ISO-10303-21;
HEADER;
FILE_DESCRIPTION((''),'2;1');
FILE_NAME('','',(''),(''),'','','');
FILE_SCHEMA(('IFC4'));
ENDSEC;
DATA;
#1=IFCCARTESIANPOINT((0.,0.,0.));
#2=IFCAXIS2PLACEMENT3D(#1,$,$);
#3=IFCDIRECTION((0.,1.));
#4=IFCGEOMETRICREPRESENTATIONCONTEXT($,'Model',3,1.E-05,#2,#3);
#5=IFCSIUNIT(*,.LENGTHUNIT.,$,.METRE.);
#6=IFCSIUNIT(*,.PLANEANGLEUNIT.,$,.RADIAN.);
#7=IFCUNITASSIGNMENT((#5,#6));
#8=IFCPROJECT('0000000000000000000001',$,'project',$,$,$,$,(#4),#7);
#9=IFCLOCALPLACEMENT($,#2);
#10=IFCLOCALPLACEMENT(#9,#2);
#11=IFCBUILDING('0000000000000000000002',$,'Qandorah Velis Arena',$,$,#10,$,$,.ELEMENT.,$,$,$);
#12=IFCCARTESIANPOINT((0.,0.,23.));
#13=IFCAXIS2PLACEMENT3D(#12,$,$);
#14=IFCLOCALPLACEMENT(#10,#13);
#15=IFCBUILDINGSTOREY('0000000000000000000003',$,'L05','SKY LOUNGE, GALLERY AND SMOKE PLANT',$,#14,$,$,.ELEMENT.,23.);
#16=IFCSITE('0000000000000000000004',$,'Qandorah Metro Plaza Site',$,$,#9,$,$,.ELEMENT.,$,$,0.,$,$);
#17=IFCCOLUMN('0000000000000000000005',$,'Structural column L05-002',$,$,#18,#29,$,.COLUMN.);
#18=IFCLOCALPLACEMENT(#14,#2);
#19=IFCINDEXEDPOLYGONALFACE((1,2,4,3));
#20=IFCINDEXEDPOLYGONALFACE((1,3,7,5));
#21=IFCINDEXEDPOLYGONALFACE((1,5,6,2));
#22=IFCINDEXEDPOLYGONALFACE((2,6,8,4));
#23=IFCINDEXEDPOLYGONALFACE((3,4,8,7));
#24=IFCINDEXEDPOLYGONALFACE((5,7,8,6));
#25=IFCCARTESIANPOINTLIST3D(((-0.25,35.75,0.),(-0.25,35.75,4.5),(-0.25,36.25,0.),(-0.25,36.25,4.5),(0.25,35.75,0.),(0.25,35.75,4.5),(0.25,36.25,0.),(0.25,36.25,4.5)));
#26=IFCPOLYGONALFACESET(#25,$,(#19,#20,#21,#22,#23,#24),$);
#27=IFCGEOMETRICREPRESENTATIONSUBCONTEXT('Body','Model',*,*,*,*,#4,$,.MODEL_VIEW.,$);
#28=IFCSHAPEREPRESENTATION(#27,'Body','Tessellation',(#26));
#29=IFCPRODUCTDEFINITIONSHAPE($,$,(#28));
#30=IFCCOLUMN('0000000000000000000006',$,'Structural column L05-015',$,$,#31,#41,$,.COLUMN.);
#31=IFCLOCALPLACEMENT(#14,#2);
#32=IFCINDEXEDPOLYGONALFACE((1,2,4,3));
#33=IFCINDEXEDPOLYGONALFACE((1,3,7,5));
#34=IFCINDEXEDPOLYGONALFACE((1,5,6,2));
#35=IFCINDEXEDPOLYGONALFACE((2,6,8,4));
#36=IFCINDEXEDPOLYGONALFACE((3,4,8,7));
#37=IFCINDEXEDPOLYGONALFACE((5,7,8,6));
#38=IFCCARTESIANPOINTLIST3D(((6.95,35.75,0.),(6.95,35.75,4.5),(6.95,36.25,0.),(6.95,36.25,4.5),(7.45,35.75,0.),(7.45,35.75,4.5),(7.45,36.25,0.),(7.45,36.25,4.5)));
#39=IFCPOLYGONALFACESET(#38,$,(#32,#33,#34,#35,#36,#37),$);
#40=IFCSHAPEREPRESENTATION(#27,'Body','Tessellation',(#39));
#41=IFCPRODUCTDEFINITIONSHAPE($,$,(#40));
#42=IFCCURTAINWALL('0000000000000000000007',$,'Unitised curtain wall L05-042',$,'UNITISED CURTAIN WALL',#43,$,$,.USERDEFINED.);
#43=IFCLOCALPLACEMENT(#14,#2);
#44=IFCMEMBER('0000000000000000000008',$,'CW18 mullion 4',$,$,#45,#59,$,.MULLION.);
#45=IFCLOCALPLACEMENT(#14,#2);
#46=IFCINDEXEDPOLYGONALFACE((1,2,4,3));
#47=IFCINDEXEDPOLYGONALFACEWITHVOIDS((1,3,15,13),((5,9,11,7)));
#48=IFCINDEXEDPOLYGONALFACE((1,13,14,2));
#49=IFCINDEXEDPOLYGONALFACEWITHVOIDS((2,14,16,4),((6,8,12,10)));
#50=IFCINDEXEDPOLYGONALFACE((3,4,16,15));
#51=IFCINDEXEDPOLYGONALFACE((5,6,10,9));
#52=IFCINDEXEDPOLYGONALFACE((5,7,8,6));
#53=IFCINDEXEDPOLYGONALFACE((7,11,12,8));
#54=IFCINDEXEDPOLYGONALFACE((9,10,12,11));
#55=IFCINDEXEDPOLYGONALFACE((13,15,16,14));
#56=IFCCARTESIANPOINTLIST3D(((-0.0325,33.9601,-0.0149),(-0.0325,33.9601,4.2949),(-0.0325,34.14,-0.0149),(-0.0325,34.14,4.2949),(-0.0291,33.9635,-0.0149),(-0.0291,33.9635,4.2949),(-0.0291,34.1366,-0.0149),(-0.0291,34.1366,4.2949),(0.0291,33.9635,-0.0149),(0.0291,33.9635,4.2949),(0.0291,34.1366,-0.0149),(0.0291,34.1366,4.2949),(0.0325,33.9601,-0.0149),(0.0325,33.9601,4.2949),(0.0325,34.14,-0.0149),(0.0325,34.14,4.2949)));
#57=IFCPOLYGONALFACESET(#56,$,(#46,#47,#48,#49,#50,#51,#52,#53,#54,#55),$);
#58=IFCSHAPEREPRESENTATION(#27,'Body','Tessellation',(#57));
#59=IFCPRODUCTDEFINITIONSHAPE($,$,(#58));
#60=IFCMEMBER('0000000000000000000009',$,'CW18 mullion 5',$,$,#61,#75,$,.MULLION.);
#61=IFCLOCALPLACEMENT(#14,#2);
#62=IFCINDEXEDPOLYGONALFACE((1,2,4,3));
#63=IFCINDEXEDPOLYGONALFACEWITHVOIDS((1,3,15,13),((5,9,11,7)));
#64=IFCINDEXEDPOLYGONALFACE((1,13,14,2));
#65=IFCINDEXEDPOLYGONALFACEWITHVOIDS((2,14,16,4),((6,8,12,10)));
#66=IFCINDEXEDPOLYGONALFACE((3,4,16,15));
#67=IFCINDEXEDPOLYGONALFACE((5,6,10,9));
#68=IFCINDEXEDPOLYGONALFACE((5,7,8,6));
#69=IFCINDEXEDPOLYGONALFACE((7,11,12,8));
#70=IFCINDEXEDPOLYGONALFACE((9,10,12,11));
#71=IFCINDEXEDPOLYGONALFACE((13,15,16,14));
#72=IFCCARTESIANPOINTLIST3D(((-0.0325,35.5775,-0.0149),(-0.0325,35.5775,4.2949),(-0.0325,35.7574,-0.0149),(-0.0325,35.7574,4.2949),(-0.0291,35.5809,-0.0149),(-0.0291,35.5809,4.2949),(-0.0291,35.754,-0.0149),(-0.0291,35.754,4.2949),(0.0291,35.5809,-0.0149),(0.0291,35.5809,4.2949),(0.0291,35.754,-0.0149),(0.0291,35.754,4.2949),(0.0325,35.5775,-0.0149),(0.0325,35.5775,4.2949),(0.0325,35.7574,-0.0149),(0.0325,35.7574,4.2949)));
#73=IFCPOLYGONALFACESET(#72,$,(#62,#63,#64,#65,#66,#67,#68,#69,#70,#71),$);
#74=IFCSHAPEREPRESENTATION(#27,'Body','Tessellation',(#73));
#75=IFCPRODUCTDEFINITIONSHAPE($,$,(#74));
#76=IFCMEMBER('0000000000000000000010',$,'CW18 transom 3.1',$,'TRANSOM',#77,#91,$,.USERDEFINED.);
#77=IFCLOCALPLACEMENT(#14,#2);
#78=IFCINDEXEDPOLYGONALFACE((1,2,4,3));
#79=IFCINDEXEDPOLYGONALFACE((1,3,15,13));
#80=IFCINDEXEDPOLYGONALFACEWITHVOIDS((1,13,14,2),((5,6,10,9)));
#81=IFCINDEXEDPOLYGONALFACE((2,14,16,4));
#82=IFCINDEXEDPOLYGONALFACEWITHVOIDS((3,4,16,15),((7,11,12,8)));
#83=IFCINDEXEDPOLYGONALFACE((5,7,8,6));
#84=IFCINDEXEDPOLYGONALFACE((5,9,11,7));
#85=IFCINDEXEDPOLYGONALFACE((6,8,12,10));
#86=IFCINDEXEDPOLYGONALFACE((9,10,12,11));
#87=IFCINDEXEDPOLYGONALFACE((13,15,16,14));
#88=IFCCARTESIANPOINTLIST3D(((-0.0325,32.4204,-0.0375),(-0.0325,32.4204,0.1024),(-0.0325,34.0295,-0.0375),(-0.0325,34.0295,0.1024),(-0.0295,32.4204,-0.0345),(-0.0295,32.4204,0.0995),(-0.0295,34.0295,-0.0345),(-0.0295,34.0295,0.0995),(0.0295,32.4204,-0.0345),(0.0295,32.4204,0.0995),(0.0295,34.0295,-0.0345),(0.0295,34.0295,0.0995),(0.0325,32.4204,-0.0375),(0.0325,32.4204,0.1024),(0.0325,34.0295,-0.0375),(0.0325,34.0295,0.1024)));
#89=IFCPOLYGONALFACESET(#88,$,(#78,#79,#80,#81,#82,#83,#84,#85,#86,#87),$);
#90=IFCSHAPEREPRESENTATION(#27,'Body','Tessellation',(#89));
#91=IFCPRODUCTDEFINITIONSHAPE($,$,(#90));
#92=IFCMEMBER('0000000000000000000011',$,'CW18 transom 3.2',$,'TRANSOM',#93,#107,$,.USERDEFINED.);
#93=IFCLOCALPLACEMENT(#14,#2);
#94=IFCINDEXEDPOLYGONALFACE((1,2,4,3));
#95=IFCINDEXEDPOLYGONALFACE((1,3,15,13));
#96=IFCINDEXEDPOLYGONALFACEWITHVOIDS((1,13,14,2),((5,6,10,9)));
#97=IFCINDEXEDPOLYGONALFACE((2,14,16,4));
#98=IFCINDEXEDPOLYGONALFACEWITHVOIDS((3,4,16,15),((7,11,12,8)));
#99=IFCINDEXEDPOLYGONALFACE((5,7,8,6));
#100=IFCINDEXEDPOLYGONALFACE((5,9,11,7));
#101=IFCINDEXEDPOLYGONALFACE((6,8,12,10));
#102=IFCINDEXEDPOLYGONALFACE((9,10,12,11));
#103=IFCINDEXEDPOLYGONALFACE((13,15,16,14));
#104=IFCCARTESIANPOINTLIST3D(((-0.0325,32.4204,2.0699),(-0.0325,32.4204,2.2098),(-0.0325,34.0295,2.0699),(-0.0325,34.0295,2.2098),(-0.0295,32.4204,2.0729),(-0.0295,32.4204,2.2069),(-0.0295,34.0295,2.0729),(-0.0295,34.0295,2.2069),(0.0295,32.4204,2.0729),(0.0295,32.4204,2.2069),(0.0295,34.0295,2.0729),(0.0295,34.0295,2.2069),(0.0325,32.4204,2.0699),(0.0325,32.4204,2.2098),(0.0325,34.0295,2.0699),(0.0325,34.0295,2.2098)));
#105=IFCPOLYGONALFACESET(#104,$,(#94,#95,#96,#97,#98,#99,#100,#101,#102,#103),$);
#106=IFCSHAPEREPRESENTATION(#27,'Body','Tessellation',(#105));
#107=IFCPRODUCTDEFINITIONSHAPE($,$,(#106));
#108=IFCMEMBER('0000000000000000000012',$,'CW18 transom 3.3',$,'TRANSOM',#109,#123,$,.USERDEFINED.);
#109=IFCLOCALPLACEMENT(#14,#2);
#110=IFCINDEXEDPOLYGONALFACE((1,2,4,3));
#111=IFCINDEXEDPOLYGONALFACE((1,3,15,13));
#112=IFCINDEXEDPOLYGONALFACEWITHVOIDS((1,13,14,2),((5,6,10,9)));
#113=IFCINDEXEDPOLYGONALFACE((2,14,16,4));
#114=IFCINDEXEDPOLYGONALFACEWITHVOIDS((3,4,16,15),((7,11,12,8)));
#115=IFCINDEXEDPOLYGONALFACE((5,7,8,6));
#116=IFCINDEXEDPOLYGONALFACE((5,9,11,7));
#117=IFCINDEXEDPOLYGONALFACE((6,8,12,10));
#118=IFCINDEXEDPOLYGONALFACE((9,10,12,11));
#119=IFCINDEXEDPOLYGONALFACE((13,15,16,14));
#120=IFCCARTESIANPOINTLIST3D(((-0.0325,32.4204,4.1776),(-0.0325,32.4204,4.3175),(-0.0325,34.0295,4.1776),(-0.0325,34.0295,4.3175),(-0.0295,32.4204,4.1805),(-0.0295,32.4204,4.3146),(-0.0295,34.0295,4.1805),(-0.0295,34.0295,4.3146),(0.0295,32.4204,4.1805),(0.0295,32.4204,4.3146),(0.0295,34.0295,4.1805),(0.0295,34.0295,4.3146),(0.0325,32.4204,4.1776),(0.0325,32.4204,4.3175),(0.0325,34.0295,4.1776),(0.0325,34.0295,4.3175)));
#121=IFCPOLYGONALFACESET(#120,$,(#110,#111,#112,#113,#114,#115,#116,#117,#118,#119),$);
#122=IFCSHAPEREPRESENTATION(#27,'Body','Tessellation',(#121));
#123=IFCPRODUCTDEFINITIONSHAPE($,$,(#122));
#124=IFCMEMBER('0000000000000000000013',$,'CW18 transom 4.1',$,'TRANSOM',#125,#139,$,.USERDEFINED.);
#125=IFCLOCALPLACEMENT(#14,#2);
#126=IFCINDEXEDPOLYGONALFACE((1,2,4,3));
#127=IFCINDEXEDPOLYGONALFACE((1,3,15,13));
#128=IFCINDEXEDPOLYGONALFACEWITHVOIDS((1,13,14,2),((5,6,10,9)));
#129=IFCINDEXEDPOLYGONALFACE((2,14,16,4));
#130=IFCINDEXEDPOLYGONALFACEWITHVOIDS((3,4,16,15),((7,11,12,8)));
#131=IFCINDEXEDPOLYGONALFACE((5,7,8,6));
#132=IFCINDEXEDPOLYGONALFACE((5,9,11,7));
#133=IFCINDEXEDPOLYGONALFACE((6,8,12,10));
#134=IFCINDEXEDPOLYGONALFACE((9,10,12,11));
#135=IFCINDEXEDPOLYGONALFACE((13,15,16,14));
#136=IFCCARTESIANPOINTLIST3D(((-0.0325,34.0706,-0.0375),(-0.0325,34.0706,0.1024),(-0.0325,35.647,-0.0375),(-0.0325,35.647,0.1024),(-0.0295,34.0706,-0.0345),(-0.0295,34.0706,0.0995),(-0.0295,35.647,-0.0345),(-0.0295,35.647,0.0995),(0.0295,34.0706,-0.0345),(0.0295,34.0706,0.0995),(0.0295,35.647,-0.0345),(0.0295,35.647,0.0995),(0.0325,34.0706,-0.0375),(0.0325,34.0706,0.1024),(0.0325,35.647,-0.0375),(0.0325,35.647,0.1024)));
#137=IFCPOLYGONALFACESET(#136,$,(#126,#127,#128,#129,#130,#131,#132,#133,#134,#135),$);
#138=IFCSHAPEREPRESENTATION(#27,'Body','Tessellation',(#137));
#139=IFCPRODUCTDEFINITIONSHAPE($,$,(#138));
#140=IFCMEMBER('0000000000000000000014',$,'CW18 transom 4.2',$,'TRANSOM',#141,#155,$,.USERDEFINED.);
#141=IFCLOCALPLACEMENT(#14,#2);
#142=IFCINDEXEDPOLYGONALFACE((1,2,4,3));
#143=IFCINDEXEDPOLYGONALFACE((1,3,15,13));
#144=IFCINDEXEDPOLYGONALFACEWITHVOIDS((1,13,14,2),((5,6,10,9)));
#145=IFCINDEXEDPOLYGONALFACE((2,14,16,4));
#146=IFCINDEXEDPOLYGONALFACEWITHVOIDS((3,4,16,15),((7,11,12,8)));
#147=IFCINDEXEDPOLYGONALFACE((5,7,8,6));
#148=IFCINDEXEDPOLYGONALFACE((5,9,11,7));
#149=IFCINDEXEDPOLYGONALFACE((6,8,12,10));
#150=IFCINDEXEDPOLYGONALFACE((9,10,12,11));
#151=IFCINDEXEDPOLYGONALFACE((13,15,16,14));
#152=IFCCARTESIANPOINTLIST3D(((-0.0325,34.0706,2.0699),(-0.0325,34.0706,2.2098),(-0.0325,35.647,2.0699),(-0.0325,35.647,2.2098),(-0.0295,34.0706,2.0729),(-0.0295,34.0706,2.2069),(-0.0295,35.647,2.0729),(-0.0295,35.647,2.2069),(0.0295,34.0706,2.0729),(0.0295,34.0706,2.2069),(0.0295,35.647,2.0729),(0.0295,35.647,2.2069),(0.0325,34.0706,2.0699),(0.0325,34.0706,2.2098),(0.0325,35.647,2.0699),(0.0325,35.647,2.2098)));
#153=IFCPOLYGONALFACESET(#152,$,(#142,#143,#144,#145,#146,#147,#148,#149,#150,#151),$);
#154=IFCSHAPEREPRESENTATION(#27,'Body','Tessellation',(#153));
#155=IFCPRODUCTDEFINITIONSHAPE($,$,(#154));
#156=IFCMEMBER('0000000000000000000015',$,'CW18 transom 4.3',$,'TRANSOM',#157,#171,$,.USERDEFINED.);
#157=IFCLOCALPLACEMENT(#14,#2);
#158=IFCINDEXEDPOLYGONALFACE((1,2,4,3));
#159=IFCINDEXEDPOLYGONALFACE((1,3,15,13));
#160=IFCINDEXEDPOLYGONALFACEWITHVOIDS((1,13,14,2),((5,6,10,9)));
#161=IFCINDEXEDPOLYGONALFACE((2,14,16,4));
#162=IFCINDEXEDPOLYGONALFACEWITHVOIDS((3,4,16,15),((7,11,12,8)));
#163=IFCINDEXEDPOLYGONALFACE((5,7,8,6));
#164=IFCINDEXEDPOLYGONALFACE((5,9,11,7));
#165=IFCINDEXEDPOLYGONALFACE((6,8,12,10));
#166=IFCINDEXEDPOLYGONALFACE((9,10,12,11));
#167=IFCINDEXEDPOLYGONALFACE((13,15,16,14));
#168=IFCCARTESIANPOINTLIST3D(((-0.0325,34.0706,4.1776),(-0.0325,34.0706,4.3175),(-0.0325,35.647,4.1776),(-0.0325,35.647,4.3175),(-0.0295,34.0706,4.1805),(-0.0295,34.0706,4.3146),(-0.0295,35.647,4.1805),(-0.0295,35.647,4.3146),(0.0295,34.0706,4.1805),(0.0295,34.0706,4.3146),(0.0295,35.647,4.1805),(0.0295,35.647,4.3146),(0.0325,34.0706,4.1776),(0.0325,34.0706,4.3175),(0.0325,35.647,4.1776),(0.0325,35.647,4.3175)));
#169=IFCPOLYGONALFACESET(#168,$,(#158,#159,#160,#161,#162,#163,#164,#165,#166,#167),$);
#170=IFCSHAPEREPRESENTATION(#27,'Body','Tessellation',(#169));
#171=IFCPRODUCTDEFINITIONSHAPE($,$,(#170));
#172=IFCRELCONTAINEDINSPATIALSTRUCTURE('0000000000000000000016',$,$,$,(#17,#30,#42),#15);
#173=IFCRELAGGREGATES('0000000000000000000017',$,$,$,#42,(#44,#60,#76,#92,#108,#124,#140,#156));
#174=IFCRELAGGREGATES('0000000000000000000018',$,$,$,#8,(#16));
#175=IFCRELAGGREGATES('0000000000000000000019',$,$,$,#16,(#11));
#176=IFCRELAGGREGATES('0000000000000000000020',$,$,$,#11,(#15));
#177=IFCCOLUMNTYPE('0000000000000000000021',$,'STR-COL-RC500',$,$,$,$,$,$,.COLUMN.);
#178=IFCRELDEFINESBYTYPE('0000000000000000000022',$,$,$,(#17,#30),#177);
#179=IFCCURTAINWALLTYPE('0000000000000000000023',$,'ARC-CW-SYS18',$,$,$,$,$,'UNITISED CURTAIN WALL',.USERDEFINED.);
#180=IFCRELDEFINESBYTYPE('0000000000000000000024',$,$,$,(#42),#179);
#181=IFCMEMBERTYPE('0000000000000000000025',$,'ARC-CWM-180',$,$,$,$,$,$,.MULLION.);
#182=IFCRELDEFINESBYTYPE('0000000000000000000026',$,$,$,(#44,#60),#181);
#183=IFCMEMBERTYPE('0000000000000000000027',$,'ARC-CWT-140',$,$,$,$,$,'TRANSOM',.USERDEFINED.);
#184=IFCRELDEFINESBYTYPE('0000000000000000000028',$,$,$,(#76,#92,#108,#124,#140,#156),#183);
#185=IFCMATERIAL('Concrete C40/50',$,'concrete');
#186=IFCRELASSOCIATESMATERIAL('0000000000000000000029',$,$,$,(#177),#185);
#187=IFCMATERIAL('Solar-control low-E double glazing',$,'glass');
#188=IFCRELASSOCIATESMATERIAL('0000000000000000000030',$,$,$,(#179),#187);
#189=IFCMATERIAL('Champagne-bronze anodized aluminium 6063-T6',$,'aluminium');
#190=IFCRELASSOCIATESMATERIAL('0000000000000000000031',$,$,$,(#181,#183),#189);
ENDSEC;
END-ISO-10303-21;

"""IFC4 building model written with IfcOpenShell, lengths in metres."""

from ifc_helpers import new_model, si_unit, direction, frame, origin, origin_2d, place, context, subcontext, project, spatial, rectangle, hollow_rectangle, extrude, material, material_profile, profile_set, type_object, element, aggregate, save


model = new_model("IFC4")

# Units and contexts
model_context = context("Model", 3, precision=1e-05, world=origin(), true_north=direction((0.0, 1.0)))
body_context = subcontext(model_context, "Body", "Model", "MODEL_VIEW")
ifc_project = project(units=[si_unit("LENGTHUNIT", "METRE"), si_unit("PLANEANGLEUNIT", "RADIAN")], contexts=[model_context])

# Site, building, storey
site_placement = place(None, origin())
site = spatial("IfcSite", under=ifc_project, at=site_placement, Name="Qandorah Metro Plaza Site", CompositionType="ELEMENT", RefElevation=0.0)
building_placement = place(site_placement, origin())
building = spatial("IfcBuilding", under=site, at=building_placement, Name="Qandorah Velis Arena", CompositionType="ELEMENT")
storey_placement = place(building_placement, frame((0.0, 0.0, 23.0)))
storey = spatial("IfcBuildingStorey", under=building, at=storey_placement, Name="L05", Description="SKY LOUNGE, GALLERY AND SMOKE PLANT", CompositionType="ELEMENT", Elevation=23.0)

# Columns
ifc_material_1 = material(Name="Concrete C40/50", Category="concrete")
ifc_material_profile_1 = material_profile(ifc_material_1, rectangle(XDim=0.5, YDim=0.5, at=origin_2d()), Name="RC COL 500x500")
ifc_profile_set_1 = profile_set([ifc_material_profile_1], Name="Concrete C40/50")
column_type = type_object("IfcColumnType", Name="STR-COL-RC500", PredefinedType="COLUMN", material=ifc_profile_set_1)
for number, where, z_axis, x_axis, name in (
    (1, (0.0, 36.0, 0.0), (0.0, 0.0, 1.0), (1.0, 0.0, 0.0), "Structural column L05-002"),
    (2, (7.2, 36.0, 0.0), (0.0, 0.0, 1.0), (1.0, 0.0, 0.0), "Structural column L05-015"),
):
    element("IfcColumn", number, at=place(storey_placement, frame(where, z_axis=z_axis, x_axis=x_axis)), inside=storey, type_object=column_type, Name=name, PredefinedType="COLUMN", context=body_context, shape_type="SweptSolid", body=[
        extrude(rectangle(XDim=0.5, YDim=0.5, at=origin_2d()), origin(), (0.0, 0.0, 1.0), 4.5),
    ])

# Curtain wall, members
ifc_material_2 = material(Name="Solar-control low-E double glazing", Category="glass")
curtain_wall_type = type_object("IfcCurtainWallType", Name="ARC-CW-SYS18", ElementType="UNITISED CURTAIN WALL", PredefinedType="USERDEFINED", material=ifc_material_2)
curtain_wall_placement = place(storey_placement, origin())
curtain_wall = element("IfcCurtainWall", 3, at=curtain_wall_placement, inside=storey, type_object=curtain_wall_type, Name="Unitised curtain wall L05-042", ObjectType="UNITISED CURTAIN WALL", PredefinedType="USERDEFINED")
ifc_material_3 = material(Name="Champagne-bronze anodized aluminium 6063-T6", Category="aluminium")
ifc_material_profile_2 = material_profile(ifc_material_3, hollow_rectangle(XDim=0.0649, YDim=0.1799, WallThickness=0.0034, at=origin_2d()), Name="ALU MULLION 65x180")
ifc_profile_set_2 = profile_set([ifc_material_profile_2], Name="Champagne-bronze anodized aluminium 6063-T6")
member_type_1 = type_object("IfcMemberType", Name="ARC-CWM-180", PredefinedType="MULLION", material=ifc_profile_set_2)
member_1_placement = place(storey_placement, frame((0.0, 34.05, -0.0149), z_axis=(0.0, 0.0, 1.0), x_axis=(-1.0, 0.0, 0.0)))
member_1 = element("IfcMember", 4, at=member_1_placement, type_object=member_type_1, Name="CW18 mullion 4", PredefinedType="MULLION", context=body_context, shape_type="SweptSolid", body=[
    extrude(hollow_rectangle(XDim=0.0649, YDim=0.1799, WallThickness=0.0034, at=origin_2d()), origin(), (0.0, 0.0, 1.0), 4.3098),
])
member_2_placement = place(storey_placement, frame((0.0, 35.6675, -0.0149), z_axis=(0.0, 0.0, 1.0), x_axis=(-1.0, 0.0, 0.0)))
member_2 = element("IfcMember", 5, at=member_2_placement, type_object=member_type_1, Name="CW18 mullion 5", PredefinedType="MULLION", context=body_context, shape_type="SweptSolid", body=[
    extrude(hollow_rectangle(XDim=0.0649, YDim=0.1799, WallThickness=0.0034, at=origin_2d()), origin(), (0.0, 0.0, 1.0), 4.3098),
])
ifc_material_profile_3 = material_profile(ifc_material_3, hollow_rectangle(XDim=0.0649, YDim=0.1399, WallThickness=0.0029, at=origin_2d()), Name="ALU TRANSOM 65x140")
ifc_profile_set_3 = profile_set([ifc_material_profile_3], Name="Champagne-bronze anodized aluminium 6063-T6")
member_type_2 = type_object("IfcMemberType", Name="ARC-CWT-140", ElementType="TRANSOM", PredefinedType="USERDEFINED", material=ifc_profile_set_3)
member_3_placement = place(storey_placement, frame((0.0, 32.4204, 0.0325), z_axis=(0.0, 1.0, 0.0), x_axis=(-1.0, 0.0, 0.0)))
member_3 = element("IfcMember", 6, at=member_3_placement, type_object=member_type_2, Name="CW18 transom 3.1", ObjectType="TRANSOM", PredefinedType="USERDEFINED", context=body_context, shape_type="SweptSolid", body=[
    extrude(hollow_rectangle(XDim=0.0649, YDim=0.1399, WallThickness=0.0029, at=origin_2d()), origin(), (0.0, 0.0, 1.0), 1.6091),
])
member_4_placement = place(storey_placement, frame((0.0, 32.4204, 2.1399), z_axis=(0.0, 1.0, 0.0), x_axis=(-1.0, 0.0, 0.0)))
member_4 = element("IfcMember", 7, at=member_4_placement, type_object=member_type_2, Name="CW18 transom 3.2", ObjectType="TRANSOM", PredefinedType="USERDEFINED", context=body_context, shape_type="SweptSolid", body=[
    extrude(hollow_rectangle(XDim=0.0649, YDim=0.1399, WallThickness=0.0029, at=origin_2d()), origin(), (0.0, 0.0, 1.0), 1.6091),
])
member_5_placement = place(storey_placement, frame((0.0, 32.4204, 4.2476), z_axis=(0.0, 1.0, 0.0), x_axis=(-1.0, 0.0, 0.0)))
member_5 = element("IfcMember", 8, at=member_5_placement, type_object=member_type_2, Name="CW18 transom 3.3", ObjectType="TRANSOM", PredefinedType="USERDEFINED", context=body_context, shape_type="SweptSolid", body=[
    extrude(hollow_rectangle(XDim=0.0649, YDim=0.1399, WallThickness=0.0029, at=origin_2d()), origin(), (0.0, 0.0, 1.0), 1.6091),
])
member_6_placement = place(storey_placement, frame((0.0, 34.0706, 0.0325), z_axis=(0.0, 1.0, 0.0), x_axis=(-1.0, 0.0, 0.0)))
member_6 = element("IfcMember", 9, at=member_6_placement, type_object=member_type_2, Name="CW18 transom 4.1", ObjectType="TRANSOM", PredefinedType="USERDEFINED", context=body_context, shape_type="SweptSolid", body=[
    extrude(hollow_rectangle(XDim=0.0649, YDim=0.1399, WallThickness=0.0029, at=origin_2d()), origin(), (0.0, 0.0, 1.0), 1.5764),
])
member_7_placement = place(storey_placement, frame((0.0, 34.0706, 2.1399), z_axis=(0.0, 1.0, 0.0), x_axis=(-1.0, 0.0, 0.0)))
member_7 = element("IfcMember", 10, at=member_7_placement, type_object=member_type_2, Name="CW18 transom 4.2", ObjectType="TRANSOM", PredefinedType="USERDEFINED", context=body_context, shape_type="SweptSolid", body=[
    extrude(hollow_rectangle(XDim=0.0649, YDim=0.1399, WallThickness=0.0029, at=origin_2d()), origin(), (0.0, 0.0, 1.0), 1.5764),
])
member_8_placement = place(storey_placement, frame((0.0, 34.0706, 4.2476), z_axis=(0.0, 1.0, 0.0), x_axis=(-1.0, 0.0, 0.0)))
member_8 = element("IfcMember", 11, at=member_8_placement, type_object=member_type_2, Name="CW18 transom 4.3", ObjectType="TRANSOM", PredefinedType="USERDEFINED", context=body_context, shape_type="SweptSolid", body=[
    extrude(hollow_rectangle(XDim=0.0649, YDim=0.1399, WallThickness=0.0029, at=origin_2d()), origin(), (0.0, 0.0, 1.0), 1.5764),
])

aggregate(curtain_wall, [member_1, member_2, member_3, member_4, member_5, member_6, member_7, member_8])

save(model, "model.ifc")
